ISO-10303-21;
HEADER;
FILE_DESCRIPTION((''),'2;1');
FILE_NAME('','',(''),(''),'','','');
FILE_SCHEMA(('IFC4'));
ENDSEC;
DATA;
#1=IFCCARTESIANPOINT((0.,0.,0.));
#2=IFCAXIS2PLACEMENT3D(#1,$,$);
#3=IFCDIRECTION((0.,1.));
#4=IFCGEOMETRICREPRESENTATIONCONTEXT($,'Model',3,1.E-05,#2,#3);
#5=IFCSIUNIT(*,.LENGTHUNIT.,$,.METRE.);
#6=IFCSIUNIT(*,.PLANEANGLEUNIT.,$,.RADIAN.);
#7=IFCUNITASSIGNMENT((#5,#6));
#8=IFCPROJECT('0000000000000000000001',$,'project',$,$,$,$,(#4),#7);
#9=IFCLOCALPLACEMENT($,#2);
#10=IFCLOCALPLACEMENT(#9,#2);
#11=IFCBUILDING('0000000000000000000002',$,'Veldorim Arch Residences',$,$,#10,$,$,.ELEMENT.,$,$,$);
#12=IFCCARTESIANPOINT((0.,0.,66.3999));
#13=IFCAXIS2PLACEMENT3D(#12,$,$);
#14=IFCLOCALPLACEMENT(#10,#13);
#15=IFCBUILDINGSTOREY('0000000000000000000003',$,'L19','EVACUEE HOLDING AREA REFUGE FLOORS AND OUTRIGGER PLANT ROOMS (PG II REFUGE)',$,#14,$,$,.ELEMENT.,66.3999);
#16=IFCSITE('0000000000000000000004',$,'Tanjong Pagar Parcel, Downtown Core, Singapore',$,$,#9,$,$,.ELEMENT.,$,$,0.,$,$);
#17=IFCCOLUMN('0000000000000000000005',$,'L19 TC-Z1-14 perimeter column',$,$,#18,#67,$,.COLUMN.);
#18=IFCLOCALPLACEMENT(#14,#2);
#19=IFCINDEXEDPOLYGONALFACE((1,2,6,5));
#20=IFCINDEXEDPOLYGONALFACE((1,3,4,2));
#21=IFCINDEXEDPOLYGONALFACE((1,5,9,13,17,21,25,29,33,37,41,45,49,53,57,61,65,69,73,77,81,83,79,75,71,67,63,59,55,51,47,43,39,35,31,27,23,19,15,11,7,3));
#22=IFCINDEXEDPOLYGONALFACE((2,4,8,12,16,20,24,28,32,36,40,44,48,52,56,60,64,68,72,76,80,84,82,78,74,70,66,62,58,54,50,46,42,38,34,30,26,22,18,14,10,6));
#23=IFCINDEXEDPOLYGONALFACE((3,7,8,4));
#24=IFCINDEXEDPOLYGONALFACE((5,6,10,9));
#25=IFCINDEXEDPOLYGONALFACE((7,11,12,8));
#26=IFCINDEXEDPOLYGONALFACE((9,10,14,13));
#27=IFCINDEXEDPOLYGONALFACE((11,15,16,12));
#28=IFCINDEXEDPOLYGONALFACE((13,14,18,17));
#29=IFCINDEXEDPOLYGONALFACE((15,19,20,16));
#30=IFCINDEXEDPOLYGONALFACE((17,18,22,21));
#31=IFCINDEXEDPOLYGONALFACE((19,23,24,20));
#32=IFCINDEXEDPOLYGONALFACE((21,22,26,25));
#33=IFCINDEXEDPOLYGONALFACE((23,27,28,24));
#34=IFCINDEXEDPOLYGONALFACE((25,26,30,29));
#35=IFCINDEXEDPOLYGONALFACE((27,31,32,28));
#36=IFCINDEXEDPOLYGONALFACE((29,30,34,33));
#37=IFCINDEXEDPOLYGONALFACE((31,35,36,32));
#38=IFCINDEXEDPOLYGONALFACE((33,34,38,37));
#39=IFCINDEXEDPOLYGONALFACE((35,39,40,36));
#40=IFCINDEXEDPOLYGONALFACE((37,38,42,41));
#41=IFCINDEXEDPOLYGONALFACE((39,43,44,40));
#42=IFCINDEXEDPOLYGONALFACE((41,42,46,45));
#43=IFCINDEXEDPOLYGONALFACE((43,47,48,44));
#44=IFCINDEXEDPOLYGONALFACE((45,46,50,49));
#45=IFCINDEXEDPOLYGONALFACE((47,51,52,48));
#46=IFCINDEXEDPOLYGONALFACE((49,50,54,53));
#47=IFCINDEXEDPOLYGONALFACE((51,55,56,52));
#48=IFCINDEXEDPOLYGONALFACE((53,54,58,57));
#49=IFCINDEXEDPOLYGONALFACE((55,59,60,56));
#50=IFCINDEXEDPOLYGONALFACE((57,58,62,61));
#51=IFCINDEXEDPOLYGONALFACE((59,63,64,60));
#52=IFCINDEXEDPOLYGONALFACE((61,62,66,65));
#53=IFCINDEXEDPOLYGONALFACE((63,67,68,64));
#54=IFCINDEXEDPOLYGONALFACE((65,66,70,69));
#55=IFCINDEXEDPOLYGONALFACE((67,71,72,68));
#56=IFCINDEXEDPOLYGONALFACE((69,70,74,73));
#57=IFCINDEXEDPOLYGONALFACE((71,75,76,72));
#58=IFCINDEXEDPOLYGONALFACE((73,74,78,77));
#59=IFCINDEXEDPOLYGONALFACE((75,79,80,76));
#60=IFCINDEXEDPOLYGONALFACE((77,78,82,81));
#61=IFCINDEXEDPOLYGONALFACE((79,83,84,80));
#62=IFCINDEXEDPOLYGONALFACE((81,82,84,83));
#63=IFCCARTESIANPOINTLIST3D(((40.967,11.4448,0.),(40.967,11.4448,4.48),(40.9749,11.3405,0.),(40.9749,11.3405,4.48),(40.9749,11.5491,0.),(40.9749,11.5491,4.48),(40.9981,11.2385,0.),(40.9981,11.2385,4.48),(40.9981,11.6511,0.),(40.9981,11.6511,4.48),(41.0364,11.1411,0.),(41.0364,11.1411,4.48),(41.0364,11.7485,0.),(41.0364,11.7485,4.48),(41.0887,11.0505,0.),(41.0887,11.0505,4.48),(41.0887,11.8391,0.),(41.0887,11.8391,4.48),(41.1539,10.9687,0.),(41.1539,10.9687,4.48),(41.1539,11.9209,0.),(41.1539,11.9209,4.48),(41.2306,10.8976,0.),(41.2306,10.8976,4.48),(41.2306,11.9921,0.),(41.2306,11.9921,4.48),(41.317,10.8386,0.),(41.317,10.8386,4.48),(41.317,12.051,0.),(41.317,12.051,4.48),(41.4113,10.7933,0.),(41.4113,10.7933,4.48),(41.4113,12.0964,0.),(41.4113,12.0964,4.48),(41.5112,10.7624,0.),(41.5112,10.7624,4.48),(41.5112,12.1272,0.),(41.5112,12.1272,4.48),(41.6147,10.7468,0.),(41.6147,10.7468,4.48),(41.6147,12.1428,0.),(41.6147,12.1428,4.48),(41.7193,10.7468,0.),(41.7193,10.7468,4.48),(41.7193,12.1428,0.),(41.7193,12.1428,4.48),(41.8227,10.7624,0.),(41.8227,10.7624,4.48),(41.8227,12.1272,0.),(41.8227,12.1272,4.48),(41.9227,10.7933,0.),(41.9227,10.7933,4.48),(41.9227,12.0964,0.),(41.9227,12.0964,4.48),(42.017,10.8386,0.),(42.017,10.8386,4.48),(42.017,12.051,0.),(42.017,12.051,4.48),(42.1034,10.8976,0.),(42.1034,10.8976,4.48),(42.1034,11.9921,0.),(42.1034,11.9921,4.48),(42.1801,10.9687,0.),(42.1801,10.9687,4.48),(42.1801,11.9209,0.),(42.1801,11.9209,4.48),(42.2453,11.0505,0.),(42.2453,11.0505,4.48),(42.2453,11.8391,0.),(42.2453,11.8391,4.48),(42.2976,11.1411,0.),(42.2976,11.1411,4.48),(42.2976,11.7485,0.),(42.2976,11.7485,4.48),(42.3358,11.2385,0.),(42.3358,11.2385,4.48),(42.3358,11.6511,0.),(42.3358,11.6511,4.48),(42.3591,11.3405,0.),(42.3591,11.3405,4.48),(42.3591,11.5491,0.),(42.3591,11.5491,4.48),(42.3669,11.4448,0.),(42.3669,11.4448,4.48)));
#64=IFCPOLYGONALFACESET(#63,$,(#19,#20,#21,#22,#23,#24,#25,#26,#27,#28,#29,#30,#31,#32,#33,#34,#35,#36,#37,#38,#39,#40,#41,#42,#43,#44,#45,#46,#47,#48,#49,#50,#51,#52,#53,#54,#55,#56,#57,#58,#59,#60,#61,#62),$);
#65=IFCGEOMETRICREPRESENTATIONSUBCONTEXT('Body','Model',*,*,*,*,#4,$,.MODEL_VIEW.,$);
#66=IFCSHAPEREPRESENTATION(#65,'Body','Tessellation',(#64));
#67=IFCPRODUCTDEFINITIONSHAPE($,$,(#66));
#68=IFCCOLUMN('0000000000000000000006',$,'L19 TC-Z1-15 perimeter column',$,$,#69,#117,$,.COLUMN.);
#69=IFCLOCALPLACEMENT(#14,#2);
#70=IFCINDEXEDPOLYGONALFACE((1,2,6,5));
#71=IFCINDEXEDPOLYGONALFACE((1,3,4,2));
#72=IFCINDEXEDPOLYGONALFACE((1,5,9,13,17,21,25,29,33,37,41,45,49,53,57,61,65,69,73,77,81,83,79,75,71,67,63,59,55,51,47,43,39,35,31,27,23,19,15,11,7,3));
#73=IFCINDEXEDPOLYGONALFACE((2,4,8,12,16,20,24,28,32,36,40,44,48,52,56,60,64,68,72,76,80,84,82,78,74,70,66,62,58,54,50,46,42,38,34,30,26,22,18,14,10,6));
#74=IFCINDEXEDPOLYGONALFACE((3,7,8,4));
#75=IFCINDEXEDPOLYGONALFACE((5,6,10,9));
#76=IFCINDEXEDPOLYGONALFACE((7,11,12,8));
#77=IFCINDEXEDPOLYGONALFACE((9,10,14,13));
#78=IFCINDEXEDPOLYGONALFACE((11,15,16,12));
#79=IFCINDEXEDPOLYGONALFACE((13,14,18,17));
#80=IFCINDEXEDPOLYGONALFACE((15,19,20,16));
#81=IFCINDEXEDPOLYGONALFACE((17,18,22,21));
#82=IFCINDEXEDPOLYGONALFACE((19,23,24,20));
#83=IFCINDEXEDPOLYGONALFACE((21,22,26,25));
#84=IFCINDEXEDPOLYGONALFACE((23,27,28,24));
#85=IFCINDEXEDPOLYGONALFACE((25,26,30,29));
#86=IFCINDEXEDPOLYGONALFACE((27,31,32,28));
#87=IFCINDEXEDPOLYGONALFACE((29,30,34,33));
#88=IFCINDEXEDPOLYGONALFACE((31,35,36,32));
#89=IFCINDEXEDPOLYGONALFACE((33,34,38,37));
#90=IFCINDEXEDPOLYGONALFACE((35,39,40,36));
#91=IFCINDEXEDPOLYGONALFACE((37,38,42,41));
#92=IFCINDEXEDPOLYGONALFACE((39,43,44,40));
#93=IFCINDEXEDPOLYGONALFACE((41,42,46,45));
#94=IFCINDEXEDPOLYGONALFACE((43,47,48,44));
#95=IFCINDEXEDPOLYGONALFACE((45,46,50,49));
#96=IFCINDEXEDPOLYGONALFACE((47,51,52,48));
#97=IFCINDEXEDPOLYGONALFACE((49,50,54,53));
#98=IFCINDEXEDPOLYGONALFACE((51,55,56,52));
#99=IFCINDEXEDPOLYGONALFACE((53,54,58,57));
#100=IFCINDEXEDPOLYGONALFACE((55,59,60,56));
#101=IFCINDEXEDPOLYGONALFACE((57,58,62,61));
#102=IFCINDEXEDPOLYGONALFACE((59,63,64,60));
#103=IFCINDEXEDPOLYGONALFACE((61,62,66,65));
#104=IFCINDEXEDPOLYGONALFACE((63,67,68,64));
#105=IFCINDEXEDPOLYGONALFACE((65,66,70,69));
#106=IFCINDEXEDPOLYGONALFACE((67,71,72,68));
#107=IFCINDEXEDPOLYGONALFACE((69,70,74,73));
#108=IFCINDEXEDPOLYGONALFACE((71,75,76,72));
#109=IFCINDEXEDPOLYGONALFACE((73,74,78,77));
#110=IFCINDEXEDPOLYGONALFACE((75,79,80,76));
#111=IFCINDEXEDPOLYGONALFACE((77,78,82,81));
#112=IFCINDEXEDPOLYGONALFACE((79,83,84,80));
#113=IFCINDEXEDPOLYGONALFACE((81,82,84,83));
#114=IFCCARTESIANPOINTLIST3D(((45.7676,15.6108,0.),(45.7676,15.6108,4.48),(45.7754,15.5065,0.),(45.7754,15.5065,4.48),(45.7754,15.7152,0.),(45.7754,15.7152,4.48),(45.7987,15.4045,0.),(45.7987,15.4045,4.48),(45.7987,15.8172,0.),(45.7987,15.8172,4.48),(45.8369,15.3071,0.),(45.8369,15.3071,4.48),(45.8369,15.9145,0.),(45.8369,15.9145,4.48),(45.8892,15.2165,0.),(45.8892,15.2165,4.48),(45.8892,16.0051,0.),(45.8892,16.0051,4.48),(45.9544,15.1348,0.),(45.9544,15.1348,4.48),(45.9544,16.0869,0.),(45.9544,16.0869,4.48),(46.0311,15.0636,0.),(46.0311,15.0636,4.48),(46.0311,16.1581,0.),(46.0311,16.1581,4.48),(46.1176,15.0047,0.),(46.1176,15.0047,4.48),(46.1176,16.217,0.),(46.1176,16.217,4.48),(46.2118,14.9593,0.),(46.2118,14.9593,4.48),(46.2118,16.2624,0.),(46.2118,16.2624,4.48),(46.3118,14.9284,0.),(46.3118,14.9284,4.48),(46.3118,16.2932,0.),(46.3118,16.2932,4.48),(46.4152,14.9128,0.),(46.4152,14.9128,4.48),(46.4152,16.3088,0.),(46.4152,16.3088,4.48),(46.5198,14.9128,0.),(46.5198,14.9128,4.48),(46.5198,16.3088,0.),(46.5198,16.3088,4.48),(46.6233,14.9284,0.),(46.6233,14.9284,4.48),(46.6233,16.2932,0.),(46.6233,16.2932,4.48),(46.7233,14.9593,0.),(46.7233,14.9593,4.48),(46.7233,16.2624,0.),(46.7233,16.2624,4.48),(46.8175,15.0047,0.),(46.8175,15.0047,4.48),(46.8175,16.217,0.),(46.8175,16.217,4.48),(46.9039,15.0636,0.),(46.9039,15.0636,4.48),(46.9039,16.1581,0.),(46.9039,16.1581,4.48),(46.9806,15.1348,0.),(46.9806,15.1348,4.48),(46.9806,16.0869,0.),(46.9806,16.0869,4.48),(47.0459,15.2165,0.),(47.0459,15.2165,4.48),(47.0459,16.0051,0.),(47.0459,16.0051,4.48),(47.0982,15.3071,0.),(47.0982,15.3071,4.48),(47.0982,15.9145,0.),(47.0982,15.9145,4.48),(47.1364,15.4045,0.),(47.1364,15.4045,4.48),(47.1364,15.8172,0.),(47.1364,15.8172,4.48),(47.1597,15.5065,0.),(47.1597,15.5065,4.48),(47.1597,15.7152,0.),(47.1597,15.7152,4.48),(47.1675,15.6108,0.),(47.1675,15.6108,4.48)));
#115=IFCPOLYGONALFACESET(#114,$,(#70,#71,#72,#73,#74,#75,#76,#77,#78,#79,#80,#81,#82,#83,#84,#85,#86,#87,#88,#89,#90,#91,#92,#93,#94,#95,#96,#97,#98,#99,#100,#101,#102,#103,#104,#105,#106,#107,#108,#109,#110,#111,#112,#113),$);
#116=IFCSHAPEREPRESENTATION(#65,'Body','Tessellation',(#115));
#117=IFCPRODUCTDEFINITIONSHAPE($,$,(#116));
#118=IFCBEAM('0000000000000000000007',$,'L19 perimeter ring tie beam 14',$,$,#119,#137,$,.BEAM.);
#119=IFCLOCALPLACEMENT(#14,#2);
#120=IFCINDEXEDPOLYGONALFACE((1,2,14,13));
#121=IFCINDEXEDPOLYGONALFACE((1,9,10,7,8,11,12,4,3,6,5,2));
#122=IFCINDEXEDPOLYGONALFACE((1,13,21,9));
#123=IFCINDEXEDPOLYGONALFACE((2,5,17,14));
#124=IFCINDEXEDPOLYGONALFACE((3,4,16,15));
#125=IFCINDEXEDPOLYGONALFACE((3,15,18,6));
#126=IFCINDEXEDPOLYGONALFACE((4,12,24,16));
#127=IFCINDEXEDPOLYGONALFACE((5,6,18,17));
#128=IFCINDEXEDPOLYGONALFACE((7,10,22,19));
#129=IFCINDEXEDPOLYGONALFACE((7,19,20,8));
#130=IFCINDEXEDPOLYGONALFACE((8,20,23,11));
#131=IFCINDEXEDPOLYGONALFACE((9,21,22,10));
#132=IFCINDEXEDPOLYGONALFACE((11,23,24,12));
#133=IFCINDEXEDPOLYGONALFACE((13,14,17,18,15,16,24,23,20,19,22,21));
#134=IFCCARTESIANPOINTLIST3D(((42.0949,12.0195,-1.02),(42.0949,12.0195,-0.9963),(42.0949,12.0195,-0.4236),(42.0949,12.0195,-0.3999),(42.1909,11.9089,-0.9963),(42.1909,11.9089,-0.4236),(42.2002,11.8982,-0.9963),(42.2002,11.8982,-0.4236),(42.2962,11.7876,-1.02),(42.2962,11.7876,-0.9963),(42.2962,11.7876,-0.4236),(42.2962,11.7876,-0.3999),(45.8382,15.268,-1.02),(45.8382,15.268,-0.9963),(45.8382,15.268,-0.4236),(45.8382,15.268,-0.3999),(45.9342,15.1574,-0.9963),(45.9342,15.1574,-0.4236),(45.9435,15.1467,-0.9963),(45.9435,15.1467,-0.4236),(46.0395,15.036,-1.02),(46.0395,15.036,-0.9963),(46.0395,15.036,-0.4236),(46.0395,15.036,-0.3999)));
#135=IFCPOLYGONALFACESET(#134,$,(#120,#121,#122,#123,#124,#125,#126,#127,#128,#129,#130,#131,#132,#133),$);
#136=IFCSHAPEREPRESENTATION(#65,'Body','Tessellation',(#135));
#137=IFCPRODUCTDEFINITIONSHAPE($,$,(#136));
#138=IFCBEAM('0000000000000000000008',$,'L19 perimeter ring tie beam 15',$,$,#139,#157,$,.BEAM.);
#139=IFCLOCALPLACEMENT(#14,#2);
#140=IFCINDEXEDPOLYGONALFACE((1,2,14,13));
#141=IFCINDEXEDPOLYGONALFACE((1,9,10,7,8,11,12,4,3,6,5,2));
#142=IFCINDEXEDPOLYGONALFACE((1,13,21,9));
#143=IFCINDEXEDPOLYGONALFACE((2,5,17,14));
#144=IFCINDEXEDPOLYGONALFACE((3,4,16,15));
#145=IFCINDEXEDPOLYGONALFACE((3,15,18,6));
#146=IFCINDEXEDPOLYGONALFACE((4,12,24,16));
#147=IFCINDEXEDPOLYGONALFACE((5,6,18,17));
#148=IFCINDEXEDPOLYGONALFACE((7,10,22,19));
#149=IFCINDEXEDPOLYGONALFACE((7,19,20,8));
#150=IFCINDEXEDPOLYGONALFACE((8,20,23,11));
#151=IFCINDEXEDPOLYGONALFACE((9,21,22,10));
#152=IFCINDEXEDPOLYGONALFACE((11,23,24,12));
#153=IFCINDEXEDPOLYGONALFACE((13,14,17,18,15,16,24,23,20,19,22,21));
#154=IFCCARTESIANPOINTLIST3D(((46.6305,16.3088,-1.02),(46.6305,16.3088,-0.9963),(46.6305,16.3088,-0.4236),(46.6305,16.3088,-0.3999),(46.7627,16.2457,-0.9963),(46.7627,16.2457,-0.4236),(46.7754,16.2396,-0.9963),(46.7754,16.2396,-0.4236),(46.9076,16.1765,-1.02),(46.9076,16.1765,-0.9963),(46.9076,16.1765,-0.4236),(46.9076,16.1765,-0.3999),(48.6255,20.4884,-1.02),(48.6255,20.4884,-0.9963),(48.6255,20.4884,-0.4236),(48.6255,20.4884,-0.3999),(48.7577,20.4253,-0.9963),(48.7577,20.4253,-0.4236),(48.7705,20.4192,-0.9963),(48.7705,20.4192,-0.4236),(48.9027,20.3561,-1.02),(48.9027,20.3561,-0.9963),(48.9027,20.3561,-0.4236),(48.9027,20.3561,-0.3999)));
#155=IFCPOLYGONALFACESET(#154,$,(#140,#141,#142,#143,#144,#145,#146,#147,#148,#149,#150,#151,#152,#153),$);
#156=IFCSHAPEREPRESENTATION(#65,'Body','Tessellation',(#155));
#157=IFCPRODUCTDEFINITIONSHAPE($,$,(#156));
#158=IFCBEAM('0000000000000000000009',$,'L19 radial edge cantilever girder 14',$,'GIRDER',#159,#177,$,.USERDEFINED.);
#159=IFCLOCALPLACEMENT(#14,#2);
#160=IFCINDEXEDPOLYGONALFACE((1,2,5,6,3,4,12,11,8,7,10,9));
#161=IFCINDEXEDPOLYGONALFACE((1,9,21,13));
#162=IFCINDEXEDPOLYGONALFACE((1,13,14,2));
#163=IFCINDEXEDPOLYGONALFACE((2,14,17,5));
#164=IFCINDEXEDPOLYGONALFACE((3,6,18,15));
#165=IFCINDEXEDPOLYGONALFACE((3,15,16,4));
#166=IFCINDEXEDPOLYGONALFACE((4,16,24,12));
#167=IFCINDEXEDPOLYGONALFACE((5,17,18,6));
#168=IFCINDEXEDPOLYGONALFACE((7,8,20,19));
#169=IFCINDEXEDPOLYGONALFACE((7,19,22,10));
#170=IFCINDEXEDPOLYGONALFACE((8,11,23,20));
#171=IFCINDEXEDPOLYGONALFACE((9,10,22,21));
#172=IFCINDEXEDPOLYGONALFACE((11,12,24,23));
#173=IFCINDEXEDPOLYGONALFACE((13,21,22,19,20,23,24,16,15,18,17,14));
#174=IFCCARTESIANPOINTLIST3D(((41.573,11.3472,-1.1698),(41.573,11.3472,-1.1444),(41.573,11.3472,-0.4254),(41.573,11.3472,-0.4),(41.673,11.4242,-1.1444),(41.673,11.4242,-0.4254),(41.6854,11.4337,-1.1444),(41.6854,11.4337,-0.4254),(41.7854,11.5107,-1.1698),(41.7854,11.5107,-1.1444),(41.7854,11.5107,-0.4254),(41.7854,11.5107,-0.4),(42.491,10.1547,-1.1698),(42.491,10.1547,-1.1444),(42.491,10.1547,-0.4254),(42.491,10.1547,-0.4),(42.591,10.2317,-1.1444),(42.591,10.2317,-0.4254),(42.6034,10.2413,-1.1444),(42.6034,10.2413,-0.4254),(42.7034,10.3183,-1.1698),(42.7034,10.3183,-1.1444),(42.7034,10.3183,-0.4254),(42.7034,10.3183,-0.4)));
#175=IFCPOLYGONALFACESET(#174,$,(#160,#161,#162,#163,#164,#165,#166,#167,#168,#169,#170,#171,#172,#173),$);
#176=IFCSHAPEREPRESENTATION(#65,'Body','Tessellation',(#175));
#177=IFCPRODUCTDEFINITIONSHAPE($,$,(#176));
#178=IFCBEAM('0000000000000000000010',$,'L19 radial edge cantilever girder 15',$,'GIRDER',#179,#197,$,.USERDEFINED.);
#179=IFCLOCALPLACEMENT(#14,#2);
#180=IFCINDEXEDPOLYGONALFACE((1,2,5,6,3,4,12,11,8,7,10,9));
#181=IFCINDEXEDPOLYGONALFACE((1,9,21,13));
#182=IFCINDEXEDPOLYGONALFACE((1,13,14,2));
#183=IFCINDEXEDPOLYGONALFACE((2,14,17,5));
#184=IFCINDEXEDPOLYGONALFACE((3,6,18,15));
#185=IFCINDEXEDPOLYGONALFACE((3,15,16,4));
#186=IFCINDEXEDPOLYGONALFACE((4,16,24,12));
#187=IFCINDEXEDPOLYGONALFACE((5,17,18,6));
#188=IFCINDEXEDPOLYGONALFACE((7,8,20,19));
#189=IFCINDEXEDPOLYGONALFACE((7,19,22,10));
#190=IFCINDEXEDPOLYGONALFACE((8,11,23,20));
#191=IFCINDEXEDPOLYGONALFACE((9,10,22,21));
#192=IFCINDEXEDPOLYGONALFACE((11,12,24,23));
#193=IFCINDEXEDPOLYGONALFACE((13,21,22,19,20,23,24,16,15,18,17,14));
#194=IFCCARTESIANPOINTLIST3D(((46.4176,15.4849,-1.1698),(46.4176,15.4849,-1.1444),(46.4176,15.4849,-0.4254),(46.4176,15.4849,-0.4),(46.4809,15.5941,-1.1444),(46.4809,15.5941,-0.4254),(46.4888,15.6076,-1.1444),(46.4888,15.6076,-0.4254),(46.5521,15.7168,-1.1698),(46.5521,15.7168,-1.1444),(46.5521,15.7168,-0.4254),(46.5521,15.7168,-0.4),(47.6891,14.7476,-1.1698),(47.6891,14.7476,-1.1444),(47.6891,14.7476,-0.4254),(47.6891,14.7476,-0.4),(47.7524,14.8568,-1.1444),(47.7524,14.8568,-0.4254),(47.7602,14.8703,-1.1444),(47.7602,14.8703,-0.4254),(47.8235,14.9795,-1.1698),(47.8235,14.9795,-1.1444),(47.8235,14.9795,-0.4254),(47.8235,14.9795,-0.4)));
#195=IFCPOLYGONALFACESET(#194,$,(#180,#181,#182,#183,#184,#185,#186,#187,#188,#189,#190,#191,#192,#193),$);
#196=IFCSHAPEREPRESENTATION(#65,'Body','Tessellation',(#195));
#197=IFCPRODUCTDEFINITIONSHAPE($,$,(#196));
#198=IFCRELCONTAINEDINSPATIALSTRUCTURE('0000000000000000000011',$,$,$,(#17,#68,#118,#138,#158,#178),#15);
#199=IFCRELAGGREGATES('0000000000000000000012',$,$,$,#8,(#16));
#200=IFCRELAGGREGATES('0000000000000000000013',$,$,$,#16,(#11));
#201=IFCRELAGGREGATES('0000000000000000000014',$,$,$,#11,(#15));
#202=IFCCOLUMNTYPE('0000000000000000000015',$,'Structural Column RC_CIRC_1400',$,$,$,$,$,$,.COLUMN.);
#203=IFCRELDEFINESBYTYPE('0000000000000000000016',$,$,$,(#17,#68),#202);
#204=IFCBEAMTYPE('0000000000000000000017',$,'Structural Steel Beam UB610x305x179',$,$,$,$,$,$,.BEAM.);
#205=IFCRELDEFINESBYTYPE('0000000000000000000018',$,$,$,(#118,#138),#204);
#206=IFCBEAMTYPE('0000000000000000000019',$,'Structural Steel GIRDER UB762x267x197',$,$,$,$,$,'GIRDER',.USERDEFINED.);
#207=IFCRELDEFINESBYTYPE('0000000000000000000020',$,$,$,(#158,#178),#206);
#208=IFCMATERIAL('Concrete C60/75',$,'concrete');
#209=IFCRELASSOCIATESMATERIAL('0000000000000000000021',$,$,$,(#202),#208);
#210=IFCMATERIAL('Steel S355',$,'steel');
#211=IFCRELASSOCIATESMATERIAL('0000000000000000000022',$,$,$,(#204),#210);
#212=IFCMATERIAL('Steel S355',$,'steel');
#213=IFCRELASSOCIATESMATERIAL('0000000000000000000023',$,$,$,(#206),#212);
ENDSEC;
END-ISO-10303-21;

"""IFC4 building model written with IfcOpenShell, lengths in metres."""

from ifc_helpers import new_model, si_unit, direction, frame, origin, origin_2d, place, context, subcontext, project, spatial, circle, i_section, extrude, material, material_profile, profile_set, type_object, element, save


model = new_model("IFC4")

# Units and contexts
model_context = context("Model", 3, precision=1e-05, world=origin(), true_north=direction((0.0, 1.0)))
body_context = subcontext(model_context, "Body", "Model", "MODEL_VIEW")
ifc_project = project(units=[si_unit("LENGTHUNIT", "METRE"), si_unit("PLANEANGLEUNIT", "RADIAN")], contexts=[model_context])

# Site, building, storey
site_placement = place(None, origin())
site = spatial("IfcSite", under=ifc_project, at=site_placement, Name="Tanjong Pagar Parcel, Downtown Core, Singapore", CompositionType="ELEMENT", RefElevation=0.0)
building_placement = place(site_placement, origin())
building = spatial("IfcBuilding", under=site, at=building_placement, Name="Veldorim Arch Residences", CompositionType="ELEMENT")
storey_placement = place(building_placement, frame((0.0, 0.0, 66.3999)))
storey = spatial("IfcBuildingStorey", under=building, at=storey_placement, Name="L19", Description="EVACUEE HOLDING AREA REFUGE FLOORS AND OUTRIGGER PLANT ROOMS (PG II REFUGE)", CompositionType="ELEMENT", Elevation=66.3999)

# Columns
ifc_material_1 = material(Name="Concrete C60/75", Category="concrete")
ifc_material_profile_1 = material_profile(ifc_material_1, circle(Radius=0.7, at=origin_2d()), Name="RC_CIRC_1400")
ifc_profile_set_1 = profile_set([ifc_material_profile_1], Name="Concrete C60/75")
column_type = type_object("IfcColumnType", Name="Structural Column RC_CIRC_1400", PredefinedType="COLUMN", material=ifc_profile_set_1)
for number, where, z_axis, x_axis, name in (
    (1, (41.667, 11.4448, 0.0), (0.0, 0.0, 1.0), (1.0, 0.0, 0.0), "L19 TC-Z1-14 perimeter column"),
    (2, (46.4675, 15.6108, 0.0), (0.0, 0.0, 1.0), (1.0, 0.0, 0.0), "L19 TC-Z1-15 perimeter column"),
):
    element("IfcColumn", number, at=place(storey_placement, frame(where, z_axis=z_axis, x_axis=x_axis)), inside=storey, type_object=column_type, Name=name, PredefinedType="COLUMN", context=body_context, shape_type="SweptSolid", body=[
        extrude(circle(Radius=0.7, at=origin_2d()), origin(), (0.0, 0.0, 1.0), 4.48),
    ])

# Beams
ifc_material_2 = material(Name="Steel S355", Category="steel")
ifc_material_profile_2 = material_profile(ifc_material_2, i_section(OverallWidth=0.3071, OverallDepth=0.6201, WebThickness=0.0142, FlangeThickness=0.0237, at=origin_2d()), Name="UB610x305x179")
ifc_profile_set_2 = profile_set([ifc_material_profile_2], Name="Steel S355")
beam_type_1 = type_object("IfcBeamType", Name="Structural Steel Beam UB610x305x179", PredefinedType="BEAM", material=ifc_profile_set_2)
beam_1_placement = place(storey_placement, frame((42.1956, 11.9036, -0.71), z_axis=(0.755265, 0.65542, 0.0), x_axis=(-0.65542, 0.755265, 0.0)))
element("IfcBeam", 3, at=beam_1_placement, inside=storey, type_object=beam_type_1, Name="L19 perimeter ring tie beam 14", PredefinedType="BEAM", context=body_context, shape_type="SweptSolid", body=[
    extrude(i_section(OverallWidth=0.3071, OverallDepth=0.6201, WebThickness=0.0142, FlangeThickness=0.0237, at=origin_2d()), origin(), (0.0, 0.0, 1.0), 4.9563),
])
beam_2_placement = place(storey_placement, frame((46.769, 16.2427, -0.71), z_axis=(0.430776, 0.902459, 0.0), x_axis=(-0.902459, 0.430776, 0.0)))
element("IfcBeam", 4, at=beam_2_placement, inside=storey, type_object=beam_type_1, Name="L19 perimeter ring tie beam 15", PredefinedType="BEAM", context=body_context, shape_type="SweptSolid", body=[
    extrude(i_section(OverallWidth=0.3071, OverallDepth=0.6201, WebThickness=0.0142, FlangeThickness=0.0237, at=origin_2d()), origin(), (0.0, 0.0, 1.0), 4.6313),
])
ifc_material_3 = material(Name="Steel S355", Category="steel")
ifc_material_profile_3 = material_profile(ifc_material_3, i_section(OverallWidth=0.2681, OverallDepth=0.7698, WebThickness=0.0156, FlangeThickness=0.0254, at=origin_2d()), Name="UB762x267x197")
ifc_profile_set_3 = profile_set([ifc_material_profile_3], Name="Steel S355")
beam_type_2 = type_object("IfcBeamType", Name="Structural Steel GIRDER UB762x267x197", ElementType="GIRDER", PredefinedType="USERDEFINED", material=ifc_profile_set_3)
beam_3_placement = place(storey_placement, frame((41.6792, 11.429, -0.7849), z_axis=(0.610024, -0.792383, 0.0), x_axis=(0.792383, 0.610024, 0.0)))
element("IfcBeam", 5, at=beam_3_placement, inside=storey, type_object=beam_type_2, Name="L19 radial edge cantilever girder 14", ObjectType="GIRDER", PredefinedType="USERDEFINED", context=body_context, shape_type="SweptSolid", body=[
    extrude(i_section(OverallWidth=0.2681, OverallDepth=0.7698, WebThickness=0.0156, FlangeThickness=0.0254, at=origin_2d()), origin(), (0.0, 0.0, 1.0), 1.5049),
])
beam_4_placement = place(storey_placement, frame((46.4849, 15.6008, -0.7849), z_axis=(0.865077, -0.501639, 0.0), x_axis=(0.501639, 0.865077, 0.0)))
element("IfcBeam", 6, at=beam_4_placement, inside=storey, type_object=beam_type_2, Name="L19 radial edge cantilever girder 15", ObjectType="GIRDER", PredefinedType="USERDEFINED", context=body_context, shape_type="SweptSolid", body=[
    extrude(i_section(OverallWidth=0.2681, OverallDepth=0.7698, WebThickness=0.0156, FlangeThickness=0.0254, at=origin_2d()), origin(), (0.0, 0.0, 1.0), 1.4697),
])

save(model, "model.ifc")
